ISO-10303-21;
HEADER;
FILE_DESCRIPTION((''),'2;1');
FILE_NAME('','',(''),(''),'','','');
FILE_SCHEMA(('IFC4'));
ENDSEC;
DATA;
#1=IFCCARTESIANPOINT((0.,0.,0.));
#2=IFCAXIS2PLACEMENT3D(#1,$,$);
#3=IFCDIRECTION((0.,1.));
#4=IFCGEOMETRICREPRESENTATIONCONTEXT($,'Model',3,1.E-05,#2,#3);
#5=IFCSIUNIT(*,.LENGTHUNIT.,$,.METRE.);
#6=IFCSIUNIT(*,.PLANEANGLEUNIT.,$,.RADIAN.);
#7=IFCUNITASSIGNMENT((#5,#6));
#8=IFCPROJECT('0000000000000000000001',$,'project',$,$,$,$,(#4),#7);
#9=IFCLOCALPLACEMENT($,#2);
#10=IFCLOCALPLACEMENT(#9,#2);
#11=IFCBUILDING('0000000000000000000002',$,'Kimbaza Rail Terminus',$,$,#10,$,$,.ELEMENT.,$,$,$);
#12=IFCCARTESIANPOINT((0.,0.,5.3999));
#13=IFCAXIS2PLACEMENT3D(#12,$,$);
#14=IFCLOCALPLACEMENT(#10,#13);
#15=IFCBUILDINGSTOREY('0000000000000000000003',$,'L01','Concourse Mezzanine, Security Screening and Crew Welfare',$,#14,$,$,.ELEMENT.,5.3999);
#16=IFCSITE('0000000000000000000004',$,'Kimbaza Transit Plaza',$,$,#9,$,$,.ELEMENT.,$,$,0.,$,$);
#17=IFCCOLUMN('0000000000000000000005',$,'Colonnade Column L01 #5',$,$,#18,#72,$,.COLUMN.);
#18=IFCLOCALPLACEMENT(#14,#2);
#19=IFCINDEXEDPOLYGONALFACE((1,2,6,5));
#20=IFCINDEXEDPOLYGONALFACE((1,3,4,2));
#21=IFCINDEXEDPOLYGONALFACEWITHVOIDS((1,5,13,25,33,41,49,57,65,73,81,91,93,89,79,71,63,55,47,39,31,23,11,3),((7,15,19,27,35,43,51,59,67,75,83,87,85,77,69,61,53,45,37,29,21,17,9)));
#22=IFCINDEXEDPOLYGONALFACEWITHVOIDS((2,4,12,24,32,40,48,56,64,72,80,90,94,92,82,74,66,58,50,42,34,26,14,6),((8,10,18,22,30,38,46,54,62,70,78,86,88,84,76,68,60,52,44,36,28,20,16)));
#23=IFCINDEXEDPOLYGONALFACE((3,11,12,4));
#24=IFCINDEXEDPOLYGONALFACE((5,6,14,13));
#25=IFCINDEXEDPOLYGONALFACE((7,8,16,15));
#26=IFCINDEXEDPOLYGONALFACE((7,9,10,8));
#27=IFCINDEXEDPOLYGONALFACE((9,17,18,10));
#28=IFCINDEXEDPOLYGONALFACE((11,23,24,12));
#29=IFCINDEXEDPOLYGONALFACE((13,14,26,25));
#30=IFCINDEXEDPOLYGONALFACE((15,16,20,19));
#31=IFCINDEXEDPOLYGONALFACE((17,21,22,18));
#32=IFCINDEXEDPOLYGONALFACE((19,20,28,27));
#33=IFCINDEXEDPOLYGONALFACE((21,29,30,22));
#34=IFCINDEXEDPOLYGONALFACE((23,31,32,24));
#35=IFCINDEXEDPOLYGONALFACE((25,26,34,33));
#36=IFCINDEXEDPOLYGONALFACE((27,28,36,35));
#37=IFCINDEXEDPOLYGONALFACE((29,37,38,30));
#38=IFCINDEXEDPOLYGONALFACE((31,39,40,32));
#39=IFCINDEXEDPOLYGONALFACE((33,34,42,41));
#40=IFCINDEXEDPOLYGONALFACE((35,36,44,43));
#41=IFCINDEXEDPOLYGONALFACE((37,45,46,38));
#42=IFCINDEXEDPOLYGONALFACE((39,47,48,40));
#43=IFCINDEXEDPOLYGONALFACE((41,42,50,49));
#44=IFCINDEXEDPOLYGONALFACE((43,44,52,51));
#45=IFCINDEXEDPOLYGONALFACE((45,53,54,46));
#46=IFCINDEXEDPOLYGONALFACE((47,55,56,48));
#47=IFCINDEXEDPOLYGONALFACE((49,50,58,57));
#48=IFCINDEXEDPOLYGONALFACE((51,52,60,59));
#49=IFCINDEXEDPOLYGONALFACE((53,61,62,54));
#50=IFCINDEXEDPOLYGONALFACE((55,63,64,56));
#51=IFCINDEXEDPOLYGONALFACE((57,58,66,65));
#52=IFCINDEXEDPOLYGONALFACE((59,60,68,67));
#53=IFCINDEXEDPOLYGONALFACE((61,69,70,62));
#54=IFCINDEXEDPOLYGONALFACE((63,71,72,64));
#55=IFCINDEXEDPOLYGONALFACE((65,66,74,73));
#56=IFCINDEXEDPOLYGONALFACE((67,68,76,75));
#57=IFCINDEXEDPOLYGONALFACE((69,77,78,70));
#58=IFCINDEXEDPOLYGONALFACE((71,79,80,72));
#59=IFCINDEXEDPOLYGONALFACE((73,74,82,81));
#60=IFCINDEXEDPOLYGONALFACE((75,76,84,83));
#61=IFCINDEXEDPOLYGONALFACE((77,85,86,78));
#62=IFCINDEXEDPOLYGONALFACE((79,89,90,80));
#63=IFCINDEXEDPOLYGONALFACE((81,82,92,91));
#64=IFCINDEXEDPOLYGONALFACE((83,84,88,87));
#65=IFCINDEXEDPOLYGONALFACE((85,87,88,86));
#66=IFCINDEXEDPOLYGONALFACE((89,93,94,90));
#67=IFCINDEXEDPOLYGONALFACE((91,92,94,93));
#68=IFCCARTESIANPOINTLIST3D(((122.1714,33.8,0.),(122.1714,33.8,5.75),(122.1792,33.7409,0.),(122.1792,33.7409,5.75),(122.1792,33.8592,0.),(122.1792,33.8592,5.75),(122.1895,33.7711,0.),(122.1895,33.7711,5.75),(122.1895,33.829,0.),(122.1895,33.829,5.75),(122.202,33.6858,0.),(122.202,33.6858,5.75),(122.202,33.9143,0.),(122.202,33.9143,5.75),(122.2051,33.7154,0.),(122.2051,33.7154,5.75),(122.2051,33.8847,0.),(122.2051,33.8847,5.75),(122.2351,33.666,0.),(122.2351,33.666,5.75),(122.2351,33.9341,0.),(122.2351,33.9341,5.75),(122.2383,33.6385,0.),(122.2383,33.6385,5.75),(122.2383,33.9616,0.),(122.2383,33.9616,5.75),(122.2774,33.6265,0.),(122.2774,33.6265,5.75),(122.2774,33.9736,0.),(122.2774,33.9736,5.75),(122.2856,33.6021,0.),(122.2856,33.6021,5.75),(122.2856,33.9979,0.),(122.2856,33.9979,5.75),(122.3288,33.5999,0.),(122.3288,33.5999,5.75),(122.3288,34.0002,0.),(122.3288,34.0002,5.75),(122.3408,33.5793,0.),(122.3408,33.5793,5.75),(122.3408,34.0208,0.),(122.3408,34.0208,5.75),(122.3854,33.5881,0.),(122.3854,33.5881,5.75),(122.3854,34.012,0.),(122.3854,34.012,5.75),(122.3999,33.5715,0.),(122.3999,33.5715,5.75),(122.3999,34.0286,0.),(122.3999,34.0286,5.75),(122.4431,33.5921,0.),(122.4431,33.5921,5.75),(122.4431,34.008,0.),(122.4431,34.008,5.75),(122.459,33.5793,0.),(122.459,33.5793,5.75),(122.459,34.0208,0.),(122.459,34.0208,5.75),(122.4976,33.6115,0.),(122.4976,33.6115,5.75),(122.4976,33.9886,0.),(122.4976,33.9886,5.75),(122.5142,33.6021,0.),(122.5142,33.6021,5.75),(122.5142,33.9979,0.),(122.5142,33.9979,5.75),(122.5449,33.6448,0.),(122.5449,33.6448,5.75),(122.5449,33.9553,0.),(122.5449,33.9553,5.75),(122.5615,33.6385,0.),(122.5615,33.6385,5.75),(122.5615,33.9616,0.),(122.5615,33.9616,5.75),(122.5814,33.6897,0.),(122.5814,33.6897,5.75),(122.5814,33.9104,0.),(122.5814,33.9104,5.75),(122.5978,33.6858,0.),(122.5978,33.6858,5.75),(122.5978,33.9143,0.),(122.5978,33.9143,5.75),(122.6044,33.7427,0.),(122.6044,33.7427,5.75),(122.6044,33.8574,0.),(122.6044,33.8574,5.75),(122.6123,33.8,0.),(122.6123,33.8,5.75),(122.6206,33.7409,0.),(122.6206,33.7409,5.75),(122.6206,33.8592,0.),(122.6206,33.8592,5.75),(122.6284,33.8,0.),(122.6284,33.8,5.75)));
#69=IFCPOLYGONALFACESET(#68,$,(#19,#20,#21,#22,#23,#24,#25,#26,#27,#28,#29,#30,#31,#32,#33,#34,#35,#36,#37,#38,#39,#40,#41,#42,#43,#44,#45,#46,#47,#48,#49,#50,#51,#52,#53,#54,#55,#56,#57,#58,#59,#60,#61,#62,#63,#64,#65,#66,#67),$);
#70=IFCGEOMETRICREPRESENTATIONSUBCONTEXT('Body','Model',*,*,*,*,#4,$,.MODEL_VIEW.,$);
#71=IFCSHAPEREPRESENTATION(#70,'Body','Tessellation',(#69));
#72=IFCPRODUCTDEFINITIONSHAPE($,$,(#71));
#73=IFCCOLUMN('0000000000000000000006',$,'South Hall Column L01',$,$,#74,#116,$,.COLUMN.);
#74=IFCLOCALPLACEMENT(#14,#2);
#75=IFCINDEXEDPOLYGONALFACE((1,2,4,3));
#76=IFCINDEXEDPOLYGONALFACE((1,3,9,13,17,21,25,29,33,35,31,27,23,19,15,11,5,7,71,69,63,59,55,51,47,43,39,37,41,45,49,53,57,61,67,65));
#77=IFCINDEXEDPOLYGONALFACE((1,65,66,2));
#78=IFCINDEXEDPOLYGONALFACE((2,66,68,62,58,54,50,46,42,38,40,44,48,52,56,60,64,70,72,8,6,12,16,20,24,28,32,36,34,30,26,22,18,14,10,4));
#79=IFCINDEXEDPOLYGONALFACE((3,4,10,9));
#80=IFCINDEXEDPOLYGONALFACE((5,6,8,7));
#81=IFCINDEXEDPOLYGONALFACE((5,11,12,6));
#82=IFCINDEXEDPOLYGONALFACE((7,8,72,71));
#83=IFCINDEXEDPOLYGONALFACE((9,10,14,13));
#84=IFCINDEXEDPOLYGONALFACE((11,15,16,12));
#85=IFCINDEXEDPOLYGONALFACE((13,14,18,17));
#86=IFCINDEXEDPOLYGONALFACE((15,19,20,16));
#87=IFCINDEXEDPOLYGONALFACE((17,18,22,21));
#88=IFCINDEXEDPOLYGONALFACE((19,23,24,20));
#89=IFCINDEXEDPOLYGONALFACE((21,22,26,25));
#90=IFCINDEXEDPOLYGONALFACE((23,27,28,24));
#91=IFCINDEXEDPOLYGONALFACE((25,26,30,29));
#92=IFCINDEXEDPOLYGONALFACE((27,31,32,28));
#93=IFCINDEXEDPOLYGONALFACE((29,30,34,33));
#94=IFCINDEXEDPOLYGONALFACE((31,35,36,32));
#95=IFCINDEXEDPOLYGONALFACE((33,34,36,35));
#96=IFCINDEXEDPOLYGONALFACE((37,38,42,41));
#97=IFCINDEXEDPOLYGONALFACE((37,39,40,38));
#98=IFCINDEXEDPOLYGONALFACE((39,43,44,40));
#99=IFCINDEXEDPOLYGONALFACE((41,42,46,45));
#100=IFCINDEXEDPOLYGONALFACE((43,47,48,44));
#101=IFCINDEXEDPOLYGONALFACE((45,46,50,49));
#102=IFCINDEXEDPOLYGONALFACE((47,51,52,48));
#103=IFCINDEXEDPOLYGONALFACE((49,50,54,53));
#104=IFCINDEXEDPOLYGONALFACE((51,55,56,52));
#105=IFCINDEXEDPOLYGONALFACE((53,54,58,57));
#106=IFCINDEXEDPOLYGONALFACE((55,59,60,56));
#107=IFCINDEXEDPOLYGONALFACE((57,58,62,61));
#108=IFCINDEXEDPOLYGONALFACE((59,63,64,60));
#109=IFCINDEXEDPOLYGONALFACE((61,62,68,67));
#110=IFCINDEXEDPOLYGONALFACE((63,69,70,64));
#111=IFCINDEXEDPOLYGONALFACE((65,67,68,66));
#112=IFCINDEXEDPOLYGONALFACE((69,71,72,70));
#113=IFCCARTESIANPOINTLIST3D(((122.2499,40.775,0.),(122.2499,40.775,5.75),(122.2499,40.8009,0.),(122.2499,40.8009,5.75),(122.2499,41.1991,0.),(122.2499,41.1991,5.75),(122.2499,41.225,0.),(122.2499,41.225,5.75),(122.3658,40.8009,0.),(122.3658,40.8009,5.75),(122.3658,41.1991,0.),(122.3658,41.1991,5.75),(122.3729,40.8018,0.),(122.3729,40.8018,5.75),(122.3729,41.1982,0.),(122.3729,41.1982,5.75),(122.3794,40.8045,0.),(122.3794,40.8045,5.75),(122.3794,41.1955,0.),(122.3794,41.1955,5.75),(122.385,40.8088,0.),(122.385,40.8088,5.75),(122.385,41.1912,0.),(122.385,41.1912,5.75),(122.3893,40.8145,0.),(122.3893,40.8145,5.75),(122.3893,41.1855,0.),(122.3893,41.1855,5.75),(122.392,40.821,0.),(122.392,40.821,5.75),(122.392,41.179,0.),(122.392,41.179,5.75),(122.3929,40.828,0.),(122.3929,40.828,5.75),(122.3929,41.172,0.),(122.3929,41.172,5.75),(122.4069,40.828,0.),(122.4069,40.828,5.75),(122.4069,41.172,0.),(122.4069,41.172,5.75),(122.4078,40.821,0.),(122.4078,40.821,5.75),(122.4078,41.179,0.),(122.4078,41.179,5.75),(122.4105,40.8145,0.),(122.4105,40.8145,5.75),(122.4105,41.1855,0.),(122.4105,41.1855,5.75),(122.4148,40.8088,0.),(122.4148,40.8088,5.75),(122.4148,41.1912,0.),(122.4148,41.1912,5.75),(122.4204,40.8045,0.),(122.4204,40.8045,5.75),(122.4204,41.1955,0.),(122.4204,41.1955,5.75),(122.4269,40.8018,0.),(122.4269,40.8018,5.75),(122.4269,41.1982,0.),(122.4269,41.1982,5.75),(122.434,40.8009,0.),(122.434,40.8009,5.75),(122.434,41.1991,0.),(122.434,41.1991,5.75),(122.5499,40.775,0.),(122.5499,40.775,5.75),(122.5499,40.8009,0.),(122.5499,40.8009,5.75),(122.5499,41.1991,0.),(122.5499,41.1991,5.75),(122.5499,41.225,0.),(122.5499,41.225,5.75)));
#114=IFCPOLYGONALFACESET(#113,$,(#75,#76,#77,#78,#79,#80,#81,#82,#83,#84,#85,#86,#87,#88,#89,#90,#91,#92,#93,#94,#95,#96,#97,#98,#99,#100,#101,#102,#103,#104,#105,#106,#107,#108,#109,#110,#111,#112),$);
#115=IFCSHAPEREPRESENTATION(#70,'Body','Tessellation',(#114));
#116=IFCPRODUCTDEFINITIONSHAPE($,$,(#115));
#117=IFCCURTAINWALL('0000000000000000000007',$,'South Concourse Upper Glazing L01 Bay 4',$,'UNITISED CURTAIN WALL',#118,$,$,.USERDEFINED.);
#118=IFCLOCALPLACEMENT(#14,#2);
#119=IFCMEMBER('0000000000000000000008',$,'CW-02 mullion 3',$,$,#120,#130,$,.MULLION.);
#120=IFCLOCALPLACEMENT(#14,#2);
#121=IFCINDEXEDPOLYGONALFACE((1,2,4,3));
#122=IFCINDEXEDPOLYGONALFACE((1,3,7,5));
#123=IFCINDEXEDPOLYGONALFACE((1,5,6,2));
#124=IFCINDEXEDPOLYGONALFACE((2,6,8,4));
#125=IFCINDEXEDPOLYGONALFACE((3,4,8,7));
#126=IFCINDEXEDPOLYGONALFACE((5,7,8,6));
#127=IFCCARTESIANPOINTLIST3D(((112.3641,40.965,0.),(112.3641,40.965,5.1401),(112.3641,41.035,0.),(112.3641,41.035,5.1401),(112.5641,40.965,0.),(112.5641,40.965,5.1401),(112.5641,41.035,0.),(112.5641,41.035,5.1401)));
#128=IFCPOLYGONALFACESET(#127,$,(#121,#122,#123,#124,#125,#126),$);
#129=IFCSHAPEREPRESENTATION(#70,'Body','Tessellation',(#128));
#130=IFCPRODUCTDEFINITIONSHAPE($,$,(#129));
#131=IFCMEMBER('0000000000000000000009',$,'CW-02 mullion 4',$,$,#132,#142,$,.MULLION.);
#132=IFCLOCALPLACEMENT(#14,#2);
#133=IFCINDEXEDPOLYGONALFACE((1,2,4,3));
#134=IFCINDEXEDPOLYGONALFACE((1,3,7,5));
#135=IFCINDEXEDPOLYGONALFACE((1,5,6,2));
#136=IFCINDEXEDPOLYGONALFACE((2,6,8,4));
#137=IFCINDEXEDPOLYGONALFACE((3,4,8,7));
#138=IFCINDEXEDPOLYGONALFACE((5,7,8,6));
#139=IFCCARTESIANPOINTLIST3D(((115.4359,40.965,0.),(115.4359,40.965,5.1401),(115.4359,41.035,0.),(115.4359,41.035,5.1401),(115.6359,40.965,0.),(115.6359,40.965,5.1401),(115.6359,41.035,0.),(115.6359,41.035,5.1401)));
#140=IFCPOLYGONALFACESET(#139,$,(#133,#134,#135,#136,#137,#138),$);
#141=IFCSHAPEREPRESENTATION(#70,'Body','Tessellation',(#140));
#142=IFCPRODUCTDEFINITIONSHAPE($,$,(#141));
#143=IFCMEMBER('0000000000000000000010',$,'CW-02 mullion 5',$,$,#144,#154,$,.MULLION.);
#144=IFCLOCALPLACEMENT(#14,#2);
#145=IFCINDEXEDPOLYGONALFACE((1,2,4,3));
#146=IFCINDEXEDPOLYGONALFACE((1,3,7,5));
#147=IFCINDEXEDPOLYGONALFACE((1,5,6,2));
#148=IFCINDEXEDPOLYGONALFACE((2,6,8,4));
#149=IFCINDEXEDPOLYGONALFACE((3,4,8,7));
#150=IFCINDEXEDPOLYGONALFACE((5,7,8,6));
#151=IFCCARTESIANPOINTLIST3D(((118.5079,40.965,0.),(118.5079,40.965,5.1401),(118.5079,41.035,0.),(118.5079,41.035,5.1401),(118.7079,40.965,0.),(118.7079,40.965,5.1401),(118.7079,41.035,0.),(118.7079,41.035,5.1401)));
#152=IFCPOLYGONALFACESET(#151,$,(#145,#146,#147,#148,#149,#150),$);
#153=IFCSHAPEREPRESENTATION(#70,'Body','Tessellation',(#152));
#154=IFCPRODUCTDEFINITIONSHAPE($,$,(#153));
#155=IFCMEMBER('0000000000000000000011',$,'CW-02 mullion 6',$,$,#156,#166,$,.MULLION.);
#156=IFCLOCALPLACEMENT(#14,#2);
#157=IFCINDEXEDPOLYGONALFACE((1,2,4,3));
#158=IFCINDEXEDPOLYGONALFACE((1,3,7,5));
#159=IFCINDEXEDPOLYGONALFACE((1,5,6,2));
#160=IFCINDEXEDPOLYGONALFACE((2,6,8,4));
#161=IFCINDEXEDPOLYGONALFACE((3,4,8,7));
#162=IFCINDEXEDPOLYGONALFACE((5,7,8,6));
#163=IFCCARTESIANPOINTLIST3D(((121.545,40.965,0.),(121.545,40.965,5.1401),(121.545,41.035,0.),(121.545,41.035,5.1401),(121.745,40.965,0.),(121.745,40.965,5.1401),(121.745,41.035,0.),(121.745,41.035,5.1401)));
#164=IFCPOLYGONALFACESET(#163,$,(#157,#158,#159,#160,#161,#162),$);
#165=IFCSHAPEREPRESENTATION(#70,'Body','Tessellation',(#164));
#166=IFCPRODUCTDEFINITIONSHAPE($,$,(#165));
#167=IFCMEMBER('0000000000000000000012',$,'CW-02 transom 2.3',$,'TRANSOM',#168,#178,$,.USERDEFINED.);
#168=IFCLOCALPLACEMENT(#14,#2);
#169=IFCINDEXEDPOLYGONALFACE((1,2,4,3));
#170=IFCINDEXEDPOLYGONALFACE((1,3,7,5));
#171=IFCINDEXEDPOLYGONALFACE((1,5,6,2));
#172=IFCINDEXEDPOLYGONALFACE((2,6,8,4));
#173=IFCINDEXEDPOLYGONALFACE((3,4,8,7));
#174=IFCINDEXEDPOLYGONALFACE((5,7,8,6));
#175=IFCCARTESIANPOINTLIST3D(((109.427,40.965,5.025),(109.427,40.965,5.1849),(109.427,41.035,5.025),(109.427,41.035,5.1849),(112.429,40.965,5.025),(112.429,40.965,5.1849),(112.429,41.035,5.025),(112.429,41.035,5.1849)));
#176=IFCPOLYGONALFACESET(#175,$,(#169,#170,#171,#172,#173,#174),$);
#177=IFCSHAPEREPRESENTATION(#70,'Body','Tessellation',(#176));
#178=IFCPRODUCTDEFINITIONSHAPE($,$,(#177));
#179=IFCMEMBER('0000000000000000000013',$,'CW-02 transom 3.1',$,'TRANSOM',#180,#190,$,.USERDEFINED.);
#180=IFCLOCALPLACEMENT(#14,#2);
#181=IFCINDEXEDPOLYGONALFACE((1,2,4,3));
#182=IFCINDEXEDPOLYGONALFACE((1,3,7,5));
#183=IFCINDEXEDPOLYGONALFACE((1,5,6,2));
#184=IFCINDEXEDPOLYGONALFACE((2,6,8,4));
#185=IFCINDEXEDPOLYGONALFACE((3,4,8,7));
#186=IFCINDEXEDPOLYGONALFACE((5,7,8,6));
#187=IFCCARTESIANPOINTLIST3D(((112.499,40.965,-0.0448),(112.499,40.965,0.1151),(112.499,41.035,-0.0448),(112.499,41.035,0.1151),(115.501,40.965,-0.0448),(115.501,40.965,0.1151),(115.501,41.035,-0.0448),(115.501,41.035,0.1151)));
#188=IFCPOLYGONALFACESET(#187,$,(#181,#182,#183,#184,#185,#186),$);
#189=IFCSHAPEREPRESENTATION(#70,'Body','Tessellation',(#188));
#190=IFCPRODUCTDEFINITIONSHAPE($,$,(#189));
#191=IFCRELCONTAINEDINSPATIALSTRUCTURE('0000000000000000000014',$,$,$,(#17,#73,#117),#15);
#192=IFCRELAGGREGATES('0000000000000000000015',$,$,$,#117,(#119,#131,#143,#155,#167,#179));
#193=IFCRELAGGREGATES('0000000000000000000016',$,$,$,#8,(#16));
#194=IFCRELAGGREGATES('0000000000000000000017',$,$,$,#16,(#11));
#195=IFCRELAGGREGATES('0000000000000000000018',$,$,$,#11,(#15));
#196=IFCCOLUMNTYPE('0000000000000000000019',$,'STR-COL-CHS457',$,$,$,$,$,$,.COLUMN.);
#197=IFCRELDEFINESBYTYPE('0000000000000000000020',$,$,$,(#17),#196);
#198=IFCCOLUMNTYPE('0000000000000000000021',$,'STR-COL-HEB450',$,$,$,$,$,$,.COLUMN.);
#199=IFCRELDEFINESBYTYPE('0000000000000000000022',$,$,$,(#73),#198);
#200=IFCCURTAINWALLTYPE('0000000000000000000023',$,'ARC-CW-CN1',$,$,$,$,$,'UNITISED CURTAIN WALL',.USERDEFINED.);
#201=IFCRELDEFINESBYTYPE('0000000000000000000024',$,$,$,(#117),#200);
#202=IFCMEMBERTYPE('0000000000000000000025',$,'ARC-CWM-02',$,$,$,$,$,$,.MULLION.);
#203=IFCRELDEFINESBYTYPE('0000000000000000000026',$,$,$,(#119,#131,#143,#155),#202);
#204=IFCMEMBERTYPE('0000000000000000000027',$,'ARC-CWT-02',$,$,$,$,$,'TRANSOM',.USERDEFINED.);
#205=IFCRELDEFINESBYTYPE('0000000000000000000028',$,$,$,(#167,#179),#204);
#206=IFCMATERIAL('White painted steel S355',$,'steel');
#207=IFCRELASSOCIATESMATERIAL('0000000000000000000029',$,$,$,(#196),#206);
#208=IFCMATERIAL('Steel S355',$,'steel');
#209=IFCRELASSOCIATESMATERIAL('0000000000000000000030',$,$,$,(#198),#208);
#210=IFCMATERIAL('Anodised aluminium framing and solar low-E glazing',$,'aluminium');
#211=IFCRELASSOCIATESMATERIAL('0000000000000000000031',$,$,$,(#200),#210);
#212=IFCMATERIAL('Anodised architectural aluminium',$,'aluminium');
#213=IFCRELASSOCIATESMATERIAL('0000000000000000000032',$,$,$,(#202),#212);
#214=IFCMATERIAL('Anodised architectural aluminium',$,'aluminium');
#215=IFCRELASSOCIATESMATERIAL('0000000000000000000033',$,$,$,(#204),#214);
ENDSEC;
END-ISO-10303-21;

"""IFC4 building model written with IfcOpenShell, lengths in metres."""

from ifc_helpers import new_model, si_unit, direction, frame, origin, origin_2d, place, context, subcontext, project, spatial, rectangle, hollow_circle, i_section, extrude, material, material_profile, profile_set, type_object, element, aggregate, save


model = new_model("IFC4")

# Units and contexts
model_context = context("Model", 3, precision=1e-05, world=origin(), true_north=direction((0.0, 1.0)))
body_context = subcontext(model_context, "Body", "Model", "MODEL_VIEW")
ifc_project = project(units=[si_unit("LENGTHUNIT", "METRE"), si_unit("PLANEANGLEUNIT", "RADIAN")], contexts=[model_context])

# Site, building, storey
site_placement = place(None, origin())
site = spatial("IfcSite", under=ifc_project, at=site_placement, Name="Kimbaza Transit Plaza", CompositionType="ELEMENT", RefElevation=0.0)
building_placement = place(site_placement, origin())
building = spatial("IfcBuilding", under=site, at=building_placement, Name="Kimbaza Rail Terminus", CompositionType="ELEMENT")
storey_placement = place(building_placement, frame((0.0, 0.0, 5.3999)))
storey = spatial("IfcBuildingStorey", under=building, at=storey_placement, Name="L01", Description="Concourse Mezzanine, Security Screening and Crew Welfare", CompositionType="ELEMENT", Elevation=5.3999)

# Columns
ifc_material_1 = material(Name="White painted steel S355", Category="steel")
ifc_material_profile_1 = material_profile(ifc_material_1, hollow_circle(Radius=0.2285, WallThickness=0.0161, at=origin_2d()), Name="CHS 457x16")
ifc_profile_set_1 = profile_set([ifc_material_profile_1], Name="White painted steel S355")
column_type_1 = type_object("IfcColumnType", Name="STR-COL-CHS457", PredefinedType="COLUMN", material=ifc_profile_set_1)
column_1_placement = place(storey_placement, frame((122.3999, 33.8, 0.0), z_axis=(0.0, 0.0, 1.0), x_axis=(1.0, 0.0, 0.0)))
element("IfcColumn", 1, at=column_1_placement, inside=storey, type_object=column_type_1, Name="Colonnade Column L01 #5", PredefinedType="COLUMN", context=body_context, shape_type="SweptSolid", body=[
    extrude(hollow_circle(Radius=0.2285, WallThickness=0.0161, at=origin_2d()), origin(), (0.0, 0.0, 1.0), 5.75),
])
ifc_material_2 = material(Name="Steel S355", Category="steel")
ifc_material_profile_2 = material_profile(ifc_material_2, i_section(OverallWidth=0.3, OverallDepth=0.45, WebThickness=0.0139, FlangeThickness=0.0259, FilletRadius=0.0271, at=origin_2d()), Name="HEB 450")
ifc_profile_set_2 = profile_set([ifc_material_profile_2], Name="Steel S355")
column_type_2 = type_object("IfcColumnType", Name="STR-COL-HEB450", PredefinedType="COLUMN", material=ifc_profile_set_2)
column_2_placement = place(storey_placement, frame((122.3999, 41.0, 0.0), z_axis=(0.0, 0.0, 1.0), x_axis=(1.0, 0.0, 0.0)))
element("IfcColumn", 2, at=column_2_placement, inside=storey, type_object=column_type_2, Name="South Hall Column L01", PredefinedType="COLUMN", context=body_context, shape_type="SweptSolid", body=[
    extrude(i_section(OverallWidth=0.3, OverallDepth=0.45, WebThickness=0.0139, FlangeThickness=0.0259, FilletRadius=0.0271, at=origin_2d()), origin(), (0.0, 0.0, 1.0), 5.75),
])

# Curtain wall, members
ifc_material_3 = material(Name="Anodised aluminium framing and solar low-E glazing", Category="aluminium")
curtain_wall_type = type_object("IfcCurtainWallType", Name="ARC-CW-CN1", ElementType="UNITISED CURTAIN WALL", PredefinedType="USERDEFINED", material=ifc_material_3)
curtain_wall_placement = place(storey_placement, origin())
curtain_wall = element("IfcCurtainWall", 3, at=curtain_wall_placement, inside=storey, type_object=curtain_wall_type, Name="South Concourse Upper Glazing L01 Bay 4", ObjectType="UNITISED CURTAIN WALL", PredefinedType="USERDEFINED")
ifc_material_4 = material(Name="Anodised architectural aluminium", Category="aluminium")
ifc_material_profile_3 = material_profile(ifc_material_4, rectangle(XDim=0.0701, YDim=0.2, at=origin_2d()), Name="MULLION 70x200")
ifc_profile_set_3 = profile_set([ifc_material_profile_3], Name="Anodised architectural aluminium")
member_type_1 = type_object("IfcMemberType", Name="ARC-CWM-02", PredefinedType="MULLION", material=ifc_profile_set_3)
member_1_placement = place(storey_placement, frame((112.4641, 41.0, 0.0), z_axis=(0.0, 0.0, 1.0), x_axis=(0.0, 1.0, 0.0)))
member_1 = element("IfcMember", 4, at=member_1_placement, type_object=member_type_1, Name="CW-02 mullion 3", PredefinedType="MULLION", context=body_context, shape_type="SweptSolid", body=[
    extrude(rectangle(XDim=0.0701, YDim=0.2, at=origin_2d()), origin(), (0.0, 0.0, 1.0), 5.1401),
])
member_2_placement = place(storey_placement, frame((115.5359, 41.0, 0.0), z_axis=(0.0, 0.0, 1.0), x_axis=(0.0, 1.0, 0.0)))
member_2 = element("IfcMember", 5, at=member_2_placement, type_object=member_type_1, Name="CW-02 mullion 4", PredefinedType="MULLION", context=body_context, shape_type="SweptSolid", body=[
    extrude(rectangle(XDim=0.0701, YDim=0.2, at=origin_2d()), origin(), (0.0, 0.0, 1.0), 5.1401),
])
member_3_placement = place(storey_placement, frame((118.6079, 41.0, 0.0), z_axis=(0.0, 0.0, 1.0), x_axis=(0.0, 1.0, 0.0)))
member_3 = element("IfcMember", 6, at=member_3_placement, type_object=member_type_1, Name="CW-02 mullion 5", PredefinedType="MULLION", context=body_context, shape_type="SweptSolid", body=[
    extrude(rectangle(XDim=0.0701, YDim=0.2, at=origin_2d()), origin(), (0.0, 0.0, 1.0), 5.1401),
])
member_4_placement = place(storey_placement, frame((121.645, 41.0, 0.0), z_axis=(0.0, 0.0, 1.0), x_axis=(0.0, 1.0, 0.0)))
member_4 = element("IfcMember", 7, at=member_4_placement, type_object=member_type_1, Name="CW-02 mullion 6", PredefinedType="MULLION", context=body_context, shape_type="SweptSolid", body=[
    extrude(rectangle(XDim=0.0701, YDim=0.2, at=origin_2d()), origin(), (0.0, 0.0, 1.0), 5.1401),
])
ifc_material_5 = material(Name="Anodised architectural aluminium", Category="aluminium")
ifc_material_profile_4 = material_profile(ifc_material_5, rectangle(XDim=0.0701, YDim=0.1599, at=origin_2d()), Name="TRANSOM 70x160")
ifc_profile_set_4 = profile_set([ifc_material_profile_4], Name="Anodised architectural aluminium")
member_type_2 = type_object("IfcMemberType", Name="ARC-CWT-02", ElementType="TRANSOM", PredefinedType="USERDEFINED", material=ifc_profile_set_4)
member_5_placement = place(storey_placement, frame((109.427, 41.0, 5.105), z_axis=(1.0, 0.0, 0.0), x_axis=(0.0, 1.0, 0.0)))
member_5 = element("IfcMember", 8, at=member_5_placement, type_object=member_type_2, Name="CW-02 transom 2.3", ObjectType="TRANSOM", PredefinedType="USERDEFINED", context=body_context, shape_type="SweptSolid", body=[
    extrude(rectangle(XDim=0.0701, YDim=0.1599, at=origin_2d()), origin(), (0.0, 0.0, 1.0), 3.002),
])
member_6_placement = place(storey_placement, frame((112.499, 41.0, 0.0352), z_axis=(1.0, 0.0, 0.0), x_axis=(0.0, 1.0, 0.0)))
member_6 = element("IfcMember", 9, at=member_6_placement, type_object=member_type_2, Name="CW-02 transom 3.1", ObjectType="TRANSOM", PredefinedType="USERDEFINED", context=body_context, shape_type="SweptSolid", body=[
    extrude(rectangle(XDim=0.0701, YDim=0.1599, at=origin_2d()), origin(), (0.0, 0.0, 1.0), 3.002),
])

aggregate(curtain_wall, [member_1, member_2, member_3, member_4, member_5, member_6])

save(model, "model.ifc")
